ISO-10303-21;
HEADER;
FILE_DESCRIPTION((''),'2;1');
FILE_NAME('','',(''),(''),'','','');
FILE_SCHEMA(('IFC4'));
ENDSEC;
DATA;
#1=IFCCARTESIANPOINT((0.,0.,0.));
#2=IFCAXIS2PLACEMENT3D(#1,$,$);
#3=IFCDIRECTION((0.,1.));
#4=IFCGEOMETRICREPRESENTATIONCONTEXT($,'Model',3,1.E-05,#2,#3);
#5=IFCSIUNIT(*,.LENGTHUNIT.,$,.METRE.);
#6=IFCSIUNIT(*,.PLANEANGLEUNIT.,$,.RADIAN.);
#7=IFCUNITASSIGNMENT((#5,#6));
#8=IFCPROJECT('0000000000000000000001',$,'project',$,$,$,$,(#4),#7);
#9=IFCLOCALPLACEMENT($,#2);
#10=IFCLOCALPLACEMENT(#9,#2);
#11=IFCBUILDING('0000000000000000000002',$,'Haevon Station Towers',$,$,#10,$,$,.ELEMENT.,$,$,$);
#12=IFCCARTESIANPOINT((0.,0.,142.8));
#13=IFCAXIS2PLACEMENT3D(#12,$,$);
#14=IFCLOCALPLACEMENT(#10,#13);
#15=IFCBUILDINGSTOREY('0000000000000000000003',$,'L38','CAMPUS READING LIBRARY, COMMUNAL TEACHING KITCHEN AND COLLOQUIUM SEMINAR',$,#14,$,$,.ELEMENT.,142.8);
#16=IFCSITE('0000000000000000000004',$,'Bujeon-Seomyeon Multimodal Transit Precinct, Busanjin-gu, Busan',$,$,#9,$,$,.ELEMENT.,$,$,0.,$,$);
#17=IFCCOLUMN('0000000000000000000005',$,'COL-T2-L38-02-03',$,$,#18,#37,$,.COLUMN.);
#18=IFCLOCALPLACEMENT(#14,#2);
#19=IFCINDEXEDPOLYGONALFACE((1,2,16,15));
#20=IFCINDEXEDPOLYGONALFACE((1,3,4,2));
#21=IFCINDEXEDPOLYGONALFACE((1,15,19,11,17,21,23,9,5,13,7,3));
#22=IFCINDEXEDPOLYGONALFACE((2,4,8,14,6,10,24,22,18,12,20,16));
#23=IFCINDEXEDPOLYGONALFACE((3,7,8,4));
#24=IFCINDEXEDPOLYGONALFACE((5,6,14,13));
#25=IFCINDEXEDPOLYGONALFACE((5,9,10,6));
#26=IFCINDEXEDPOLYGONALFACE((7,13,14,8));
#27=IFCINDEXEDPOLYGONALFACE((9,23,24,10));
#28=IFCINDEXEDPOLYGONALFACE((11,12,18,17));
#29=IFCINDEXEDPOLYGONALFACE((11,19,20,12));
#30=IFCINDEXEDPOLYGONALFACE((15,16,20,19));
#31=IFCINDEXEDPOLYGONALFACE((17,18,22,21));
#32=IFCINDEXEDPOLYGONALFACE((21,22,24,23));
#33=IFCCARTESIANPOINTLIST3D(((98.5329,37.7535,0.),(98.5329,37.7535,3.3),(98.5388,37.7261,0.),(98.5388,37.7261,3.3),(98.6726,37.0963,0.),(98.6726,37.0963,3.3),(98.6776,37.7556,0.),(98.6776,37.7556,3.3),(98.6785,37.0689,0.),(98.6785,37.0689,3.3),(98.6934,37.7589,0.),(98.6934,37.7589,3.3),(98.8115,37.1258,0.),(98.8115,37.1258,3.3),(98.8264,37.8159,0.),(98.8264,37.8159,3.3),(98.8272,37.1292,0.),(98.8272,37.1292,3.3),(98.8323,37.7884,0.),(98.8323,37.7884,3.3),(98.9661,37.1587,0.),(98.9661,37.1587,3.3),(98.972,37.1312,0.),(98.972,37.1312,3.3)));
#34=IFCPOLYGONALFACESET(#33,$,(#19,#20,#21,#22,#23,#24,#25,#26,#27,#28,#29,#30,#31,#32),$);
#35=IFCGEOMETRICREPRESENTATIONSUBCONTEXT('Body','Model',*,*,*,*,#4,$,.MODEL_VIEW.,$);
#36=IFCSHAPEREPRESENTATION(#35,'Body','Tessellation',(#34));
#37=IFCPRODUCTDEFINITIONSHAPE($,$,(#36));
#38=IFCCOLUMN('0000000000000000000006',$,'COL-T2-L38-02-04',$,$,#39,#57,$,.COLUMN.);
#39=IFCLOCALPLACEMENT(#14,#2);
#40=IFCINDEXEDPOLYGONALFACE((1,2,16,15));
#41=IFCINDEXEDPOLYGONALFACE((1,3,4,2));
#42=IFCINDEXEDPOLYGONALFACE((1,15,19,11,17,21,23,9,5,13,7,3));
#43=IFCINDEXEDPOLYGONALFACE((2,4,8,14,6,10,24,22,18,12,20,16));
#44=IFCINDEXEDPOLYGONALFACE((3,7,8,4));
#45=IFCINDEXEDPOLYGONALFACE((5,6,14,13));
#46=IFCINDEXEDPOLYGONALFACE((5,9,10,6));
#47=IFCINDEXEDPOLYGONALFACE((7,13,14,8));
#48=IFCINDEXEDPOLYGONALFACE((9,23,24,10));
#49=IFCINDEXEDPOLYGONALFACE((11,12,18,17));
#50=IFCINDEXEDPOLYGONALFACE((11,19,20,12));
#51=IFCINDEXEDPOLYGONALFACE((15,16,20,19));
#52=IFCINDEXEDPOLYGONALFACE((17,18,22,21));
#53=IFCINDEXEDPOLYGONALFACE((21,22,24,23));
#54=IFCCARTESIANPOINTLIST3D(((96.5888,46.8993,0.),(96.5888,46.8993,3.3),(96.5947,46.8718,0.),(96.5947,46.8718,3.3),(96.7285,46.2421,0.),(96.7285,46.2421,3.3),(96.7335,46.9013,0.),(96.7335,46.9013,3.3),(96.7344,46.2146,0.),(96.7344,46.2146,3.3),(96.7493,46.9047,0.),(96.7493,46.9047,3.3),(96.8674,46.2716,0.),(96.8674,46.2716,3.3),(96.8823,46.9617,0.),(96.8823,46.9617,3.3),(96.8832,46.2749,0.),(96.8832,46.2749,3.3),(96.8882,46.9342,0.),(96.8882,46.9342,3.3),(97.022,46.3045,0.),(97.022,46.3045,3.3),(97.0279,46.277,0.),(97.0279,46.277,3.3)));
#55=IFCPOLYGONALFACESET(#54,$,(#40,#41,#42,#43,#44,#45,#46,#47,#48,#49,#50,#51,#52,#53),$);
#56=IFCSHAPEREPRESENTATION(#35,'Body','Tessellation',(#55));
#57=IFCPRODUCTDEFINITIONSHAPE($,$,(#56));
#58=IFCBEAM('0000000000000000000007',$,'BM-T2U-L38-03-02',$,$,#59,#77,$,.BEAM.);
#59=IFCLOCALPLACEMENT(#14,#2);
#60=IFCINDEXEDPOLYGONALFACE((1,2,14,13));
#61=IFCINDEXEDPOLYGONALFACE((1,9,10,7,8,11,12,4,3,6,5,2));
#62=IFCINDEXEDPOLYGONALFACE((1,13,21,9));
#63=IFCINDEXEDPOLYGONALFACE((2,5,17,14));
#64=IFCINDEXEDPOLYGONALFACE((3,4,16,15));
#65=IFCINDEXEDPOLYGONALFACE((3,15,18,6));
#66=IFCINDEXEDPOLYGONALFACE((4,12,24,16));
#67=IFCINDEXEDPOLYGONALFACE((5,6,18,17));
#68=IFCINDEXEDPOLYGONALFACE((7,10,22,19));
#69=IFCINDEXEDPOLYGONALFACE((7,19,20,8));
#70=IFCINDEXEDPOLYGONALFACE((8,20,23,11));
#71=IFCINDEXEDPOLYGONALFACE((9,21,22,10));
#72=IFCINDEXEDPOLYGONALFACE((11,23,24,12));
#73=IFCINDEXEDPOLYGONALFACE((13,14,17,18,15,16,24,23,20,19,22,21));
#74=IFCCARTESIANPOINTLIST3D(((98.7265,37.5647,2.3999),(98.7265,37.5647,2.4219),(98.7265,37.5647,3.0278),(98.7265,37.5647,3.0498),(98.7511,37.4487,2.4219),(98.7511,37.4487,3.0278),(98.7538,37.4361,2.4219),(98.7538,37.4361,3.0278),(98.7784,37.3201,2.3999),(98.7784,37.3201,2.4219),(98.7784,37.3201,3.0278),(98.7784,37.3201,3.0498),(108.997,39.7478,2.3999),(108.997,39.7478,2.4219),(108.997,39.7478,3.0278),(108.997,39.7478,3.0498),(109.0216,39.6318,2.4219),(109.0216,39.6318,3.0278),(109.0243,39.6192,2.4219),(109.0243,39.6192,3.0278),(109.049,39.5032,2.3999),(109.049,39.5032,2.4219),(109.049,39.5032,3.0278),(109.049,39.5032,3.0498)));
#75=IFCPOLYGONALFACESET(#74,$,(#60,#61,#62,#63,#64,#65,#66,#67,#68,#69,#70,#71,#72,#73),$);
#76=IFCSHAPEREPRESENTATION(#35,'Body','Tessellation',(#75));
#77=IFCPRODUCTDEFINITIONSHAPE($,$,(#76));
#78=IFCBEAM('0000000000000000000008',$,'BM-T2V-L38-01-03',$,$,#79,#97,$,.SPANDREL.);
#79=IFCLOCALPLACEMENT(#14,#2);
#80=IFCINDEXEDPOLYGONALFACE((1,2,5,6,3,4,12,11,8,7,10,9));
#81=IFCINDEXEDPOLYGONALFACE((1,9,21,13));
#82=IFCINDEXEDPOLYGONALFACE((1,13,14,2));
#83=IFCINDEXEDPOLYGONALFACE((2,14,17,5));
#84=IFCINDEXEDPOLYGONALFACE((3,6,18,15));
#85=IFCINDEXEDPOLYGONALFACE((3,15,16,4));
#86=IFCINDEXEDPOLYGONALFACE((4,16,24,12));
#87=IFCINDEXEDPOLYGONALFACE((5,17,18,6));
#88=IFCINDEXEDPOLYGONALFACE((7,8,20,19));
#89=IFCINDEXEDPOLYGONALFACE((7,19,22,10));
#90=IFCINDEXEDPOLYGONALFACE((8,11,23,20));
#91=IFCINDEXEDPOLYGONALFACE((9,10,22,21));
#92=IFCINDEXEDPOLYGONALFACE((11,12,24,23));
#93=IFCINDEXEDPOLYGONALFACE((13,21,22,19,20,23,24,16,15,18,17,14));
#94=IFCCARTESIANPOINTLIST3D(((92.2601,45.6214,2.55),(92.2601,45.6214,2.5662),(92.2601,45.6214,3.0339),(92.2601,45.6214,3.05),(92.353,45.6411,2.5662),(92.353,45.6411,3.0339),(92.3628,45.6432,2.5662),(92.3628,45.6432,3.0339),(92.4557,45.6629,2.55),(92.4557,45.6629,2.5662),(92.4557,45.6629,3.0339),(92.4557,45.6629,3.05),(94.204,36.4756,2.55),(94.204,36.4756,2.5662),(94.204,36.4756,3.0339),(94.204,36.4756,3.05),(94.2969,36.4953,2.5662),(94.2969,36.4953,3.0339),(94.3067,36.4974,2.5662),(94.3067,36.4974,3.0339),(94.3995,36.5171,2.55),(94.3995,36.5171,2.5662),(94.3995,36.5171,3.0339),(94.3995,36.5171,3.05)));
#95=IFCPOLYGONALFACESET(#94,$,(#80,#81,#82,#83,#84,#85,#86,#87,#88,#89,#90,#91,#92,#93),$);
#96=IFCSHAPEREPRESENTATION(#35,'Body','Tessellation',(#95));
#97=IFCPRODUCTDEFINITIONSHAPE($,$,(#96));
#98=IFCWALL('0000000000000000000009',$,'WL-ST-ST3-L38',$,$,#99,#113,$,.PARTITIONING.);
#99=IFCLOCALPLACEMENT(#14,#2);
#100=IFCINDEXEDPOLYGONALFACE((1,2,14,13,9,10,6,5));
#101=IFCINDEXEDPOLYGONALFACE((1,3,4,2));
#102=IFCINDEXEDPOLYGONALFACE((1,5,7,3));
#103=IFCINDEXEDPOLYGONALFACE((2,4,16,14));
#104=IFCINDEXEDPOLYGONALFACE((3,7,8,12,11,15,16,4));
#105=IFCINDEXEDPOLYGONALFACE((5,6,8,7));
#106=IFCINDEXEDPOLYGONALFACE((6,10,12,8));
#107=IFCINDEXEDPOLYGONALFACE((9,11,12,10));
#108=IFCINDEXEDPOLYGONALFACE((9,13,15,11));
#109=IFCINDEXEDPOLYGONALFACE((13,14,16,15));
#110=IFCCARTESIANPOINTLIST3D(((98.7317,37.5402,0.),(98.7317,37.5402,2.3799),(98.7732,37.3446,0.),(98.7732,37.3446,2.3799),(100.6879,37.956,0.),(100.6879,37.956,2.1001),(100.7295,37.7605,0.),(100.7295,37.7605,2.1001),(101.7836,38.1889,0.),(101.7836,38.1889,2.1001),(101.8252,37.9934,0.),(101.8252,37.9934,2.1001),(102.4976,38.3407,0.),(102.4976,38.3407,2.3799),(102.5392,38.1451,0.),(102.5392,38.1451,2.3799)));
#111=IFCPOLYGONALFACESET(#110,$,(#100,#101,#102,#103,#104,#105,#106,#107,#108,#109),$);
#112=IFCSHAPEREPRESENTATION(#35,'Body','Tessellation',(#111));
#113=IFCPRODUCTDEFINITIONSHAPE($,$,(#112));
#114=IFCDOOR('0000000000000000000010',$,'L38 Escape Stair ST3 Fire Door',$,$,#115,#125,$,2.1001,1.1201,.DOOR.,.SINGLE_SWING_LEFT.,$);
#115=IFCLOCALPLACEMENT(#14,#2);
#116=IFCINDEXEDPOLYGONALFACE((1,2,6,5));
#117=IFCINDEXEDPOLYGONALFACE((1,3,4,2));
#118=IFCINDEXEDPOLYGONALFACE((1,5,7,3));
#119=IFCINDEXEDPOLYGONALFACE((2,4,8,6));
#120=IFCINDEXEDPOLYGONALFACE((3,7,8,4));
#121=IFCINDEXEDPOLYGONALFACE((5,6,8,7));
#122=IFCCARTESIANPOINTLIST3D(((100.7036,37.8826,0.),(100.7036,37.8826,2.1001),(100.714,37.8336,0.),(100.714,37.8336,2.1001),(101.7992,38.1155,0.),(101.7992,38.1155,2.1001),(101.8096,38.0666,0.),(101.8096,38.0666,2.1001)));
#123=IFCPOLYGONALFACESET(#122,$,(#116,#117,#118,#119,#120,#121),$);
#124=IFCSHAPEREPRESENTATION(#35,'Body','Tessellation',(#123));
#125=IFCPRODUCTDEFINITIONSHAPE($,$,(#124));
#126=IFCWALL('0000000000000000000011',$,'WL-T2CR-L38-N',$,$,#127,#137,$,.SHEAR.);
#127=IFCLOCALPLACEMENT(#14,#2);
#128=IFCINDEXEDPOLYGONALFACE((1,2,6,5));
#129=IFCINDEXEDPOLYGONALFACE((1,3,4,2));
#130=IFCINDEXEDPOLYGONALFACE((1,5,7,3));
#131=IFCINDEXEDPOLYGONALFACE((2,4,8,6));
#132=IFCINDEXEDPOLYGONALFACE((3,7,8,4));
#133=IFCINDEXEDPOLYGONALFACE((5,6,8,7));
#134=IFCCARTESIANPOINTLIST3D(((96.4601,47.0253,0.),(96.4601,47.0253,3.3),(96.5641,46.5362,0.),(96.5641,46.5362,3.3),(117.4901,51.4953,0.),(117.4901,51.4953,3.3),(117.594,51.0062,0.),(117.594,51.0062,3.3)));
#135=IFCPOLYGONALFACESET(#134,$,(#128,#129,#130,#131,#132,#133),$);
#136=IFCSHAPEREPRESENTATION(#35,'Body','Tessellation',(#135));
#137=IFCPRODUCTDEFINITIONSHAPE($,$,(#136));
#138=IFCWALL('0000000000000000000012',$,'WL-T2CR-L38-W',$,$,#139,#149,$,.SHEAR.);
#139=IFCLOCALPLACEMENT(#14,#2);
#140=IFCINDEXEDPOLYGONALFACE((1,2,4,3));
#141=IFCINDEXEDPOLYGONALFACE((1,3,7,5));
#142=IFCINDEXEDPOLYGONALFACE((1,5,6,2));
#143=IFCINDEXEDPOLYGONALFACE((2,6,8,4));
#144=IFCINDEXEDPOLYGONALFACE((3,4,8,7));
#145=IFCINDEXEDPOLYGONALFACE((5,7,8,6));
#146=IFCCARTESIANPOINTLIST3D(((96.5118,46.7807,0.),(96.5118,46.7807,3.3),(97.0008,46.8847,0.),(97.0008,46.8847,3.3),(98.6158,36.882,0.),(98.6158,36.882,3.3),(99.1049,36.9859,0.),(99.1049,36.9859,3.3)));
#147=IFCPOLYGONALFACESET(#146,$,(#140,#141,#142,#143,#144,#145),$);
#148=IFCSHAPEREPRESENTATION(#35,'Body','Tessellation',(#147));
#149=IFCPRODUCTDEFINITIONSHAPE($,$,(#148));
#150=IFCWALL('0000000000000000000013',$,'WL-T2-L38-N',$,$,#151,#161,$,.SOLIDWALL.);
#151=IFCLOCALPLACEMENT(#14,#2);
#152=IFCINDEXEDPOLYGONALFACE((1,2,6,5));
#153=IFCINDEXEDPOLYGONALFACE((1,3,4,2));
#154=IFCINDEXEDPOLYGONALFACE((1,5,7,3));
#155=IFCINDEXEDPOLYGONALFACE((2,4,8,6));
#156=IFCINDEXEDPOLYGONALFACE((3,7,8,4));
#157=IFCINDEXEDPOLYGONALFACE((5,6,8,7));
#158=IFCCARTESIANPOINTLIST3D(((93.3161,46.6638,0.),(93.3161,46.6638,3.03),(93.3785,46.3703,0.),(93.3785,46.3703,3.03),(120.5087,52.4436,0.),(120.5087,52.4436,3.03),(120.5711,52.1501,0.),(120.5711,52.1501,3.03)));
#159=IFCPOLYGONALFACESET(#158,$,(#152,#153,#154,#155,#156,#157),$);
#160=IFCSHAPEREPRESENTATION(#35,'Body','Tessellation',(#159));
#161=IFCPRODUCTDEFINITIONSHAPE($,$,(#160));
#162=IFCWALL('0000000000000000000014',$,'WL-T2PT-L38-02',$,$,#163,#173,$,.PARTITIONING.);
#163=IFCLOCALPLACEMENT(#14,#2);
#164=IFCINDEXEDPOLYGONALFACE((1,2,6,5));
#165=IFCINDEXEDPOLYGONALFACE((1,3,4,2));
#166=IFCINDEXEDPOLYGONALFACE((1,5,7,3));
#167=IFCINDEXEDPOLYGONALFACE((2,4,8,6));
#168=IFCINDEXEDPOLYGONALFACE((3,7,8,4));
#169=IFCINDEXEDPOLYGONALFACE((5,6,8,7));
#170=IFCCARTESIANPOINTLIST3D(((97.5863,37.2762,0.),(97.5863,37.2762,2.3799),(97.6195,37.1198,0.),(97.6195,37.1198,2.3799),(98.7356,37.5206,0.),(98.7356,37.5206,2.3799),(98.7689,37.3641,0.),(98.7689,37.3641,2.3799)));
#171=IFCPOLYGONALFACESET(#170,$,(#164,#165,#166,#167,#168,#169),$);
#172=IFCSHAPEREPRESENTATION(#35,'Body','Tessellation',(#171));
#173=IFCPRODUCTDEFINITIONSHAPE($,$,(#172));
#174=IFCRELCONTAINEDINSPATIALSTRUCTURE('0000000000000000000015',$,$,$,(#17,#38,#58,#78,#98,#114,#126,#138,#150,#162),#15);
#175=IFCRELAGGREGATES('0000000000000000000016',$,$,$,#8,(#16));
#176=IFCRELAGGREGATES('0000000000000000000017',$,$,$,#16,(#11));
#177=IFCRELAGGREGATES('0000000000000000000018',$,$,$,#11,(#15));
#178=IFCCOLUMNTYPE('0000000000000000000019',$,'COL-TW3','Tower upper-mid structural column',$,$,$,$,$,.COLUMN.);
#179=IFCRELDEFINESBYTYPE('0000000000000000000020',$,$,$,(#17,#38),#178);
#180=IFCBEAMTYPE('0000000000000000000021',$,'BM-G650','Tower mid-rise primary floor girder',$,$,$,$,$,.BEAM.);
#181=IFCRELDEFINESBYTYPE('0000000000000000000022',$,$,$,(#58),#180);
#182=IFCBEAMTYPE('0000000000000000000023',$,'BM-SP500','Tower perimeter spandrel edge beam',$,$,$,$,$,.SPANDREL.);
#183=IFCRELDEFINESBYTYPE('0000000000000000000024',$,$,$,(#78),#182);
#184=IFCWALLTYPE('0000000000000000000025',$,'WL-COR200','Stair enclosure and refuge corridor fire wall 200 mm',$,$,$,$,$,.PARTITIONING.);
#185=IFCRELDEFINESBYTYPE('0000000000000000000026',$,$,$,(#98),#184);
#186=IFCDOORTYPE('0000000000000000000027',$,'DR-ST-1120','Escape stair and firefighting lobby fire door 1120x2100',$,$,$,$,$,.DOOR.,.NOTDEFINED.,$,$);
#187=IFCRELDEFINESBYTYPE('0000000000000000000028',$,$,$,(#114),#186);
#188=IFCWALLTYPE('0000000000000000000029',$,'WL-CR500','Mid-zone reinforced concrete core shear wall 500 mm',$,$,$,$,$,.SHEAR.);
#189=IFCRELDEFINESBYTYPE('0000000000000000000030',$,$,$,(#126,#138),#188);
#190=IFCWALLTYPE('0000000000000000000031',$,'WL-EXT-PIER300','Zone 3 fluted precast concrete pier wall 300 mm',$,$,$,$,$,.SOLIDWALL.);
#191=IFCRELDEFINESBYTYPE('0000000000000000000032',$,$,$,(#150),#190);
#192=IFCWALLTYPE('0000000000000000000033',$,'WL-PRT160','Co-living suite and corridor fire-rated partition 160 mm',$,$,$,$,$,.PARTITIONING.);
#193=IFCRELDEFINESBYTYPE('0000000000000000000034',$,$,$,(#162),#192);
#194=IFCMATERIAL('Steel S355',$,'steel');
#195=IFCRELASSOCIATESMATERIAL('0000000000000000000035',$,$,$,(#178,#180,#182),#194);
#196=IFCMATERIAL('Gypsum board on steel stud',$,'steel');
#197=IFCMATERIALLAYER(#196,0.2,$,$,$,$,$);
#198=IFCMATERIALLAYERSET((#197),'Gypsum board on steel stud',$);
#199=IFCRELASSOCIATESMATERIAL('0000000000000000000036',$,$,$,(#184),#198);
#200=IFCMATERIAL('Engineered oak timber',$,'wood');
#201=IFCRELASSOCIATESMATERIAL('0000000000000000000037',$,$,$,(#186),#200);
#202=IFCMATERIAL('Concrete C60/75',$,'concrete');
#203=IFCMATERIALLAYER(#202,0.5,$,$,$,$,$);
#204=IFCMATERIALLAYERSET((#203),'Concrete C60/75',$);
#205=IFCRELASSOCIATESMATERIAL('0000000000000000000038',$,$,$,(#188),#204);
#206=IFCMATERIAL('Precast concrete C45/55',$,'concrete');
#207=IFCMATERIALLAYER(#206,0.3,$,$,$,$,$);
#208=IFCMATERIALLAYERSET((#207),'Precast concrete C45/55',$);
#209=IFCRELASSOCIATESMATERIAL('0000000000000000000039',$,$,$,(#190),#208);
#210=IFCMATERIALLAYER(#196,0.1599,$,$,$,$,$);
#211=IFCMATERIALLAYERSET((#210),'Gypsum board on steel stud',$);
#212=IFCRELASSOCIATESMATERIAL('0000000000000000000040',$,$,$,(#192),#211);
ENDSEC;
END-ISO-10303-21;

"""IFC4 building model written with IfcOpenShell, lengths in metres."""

from ifc_helpers import new_model, si_unit, direction, frame, frame_2d, origin, origin_2d, place, context, subcontext, project, spatial, rectangle, i_section, extrude, material, layer, layer_set, material_profile, profile_set, type_object, element, fill, save


model = new_model("IFC4")

# Units and contexts
model_context = context("Model", 3, precision=1e-05, world=origin(), true_north=direction((0.0, 1.0)))
body_context = subcontext(model_context, "Body", "Model", "MODEL_VIEW")
ifc_project = project(units=[si_unit("LENGTHUNIT", "METRE"), si_unit("PLANEANGLEUNIT", "RADIAN")], contexts=[model_context])

# Site, building, storey
site_placement = place(None, origin())
site = spatial("IfcSite", under=ifc_project, at=site_placement, Name="Bujeon-Seomyeon Multimodal Transit Precinct, Busanjin-gu, Busan", CompositionType="ELEMENT", RefElevation=0.0)
building_placement = place(site_placement, origin())
building = spatial("IfcBuilding", under=site, at=building_placement, Name="Haevon Station Towers", CompositionType="ELEMENT")
storey_placement = place(building_placement, frame((0.0, 0.0, 142.8)))
storey = spatial("IfcBuildingStorey", under=building, at=storey_placement, Name="L38", Description="CAMPUS READING LIBRARY, COMMUNAL TEACHING KITCHEN AND COLLOQUIUM SEMINAR", CompositionType="ELEMENT", Elevation=142.8)

# Columns
ifc_material_1 = material(Name="Steel S355", Category="steel")
ifc_material_profile_1 = material_profile(ifc_material_1, i_section(OverallWidth=0.3, OverallDepth=0.7, WebThickness=0.0161, FlangeThickness=0.0281, at=origin_2d()), Name="H-700x300x16x28")
ifc_profile_set_1 = profile_set([ifc_material_profile_1], Name="Steel S355")
column_type = type_object("IfcColumnType", Name="COL-TW3", Description="Tower upper-mid structural column", PredefinedType="COLUMN", material=ifc_profile_set_1)
for number, where, z_axis, x_axis, name in (
    (1, (98.7524, 37.4424, 0.0), (0.0, 0.0, 1.0), (0.978148, 0.207912, 0.0), "COL-T2-L38-02-03"),
    (2, (96.8083, 46.5881, 0.0), (0.0, 0.0, 1.0), (0.978148, 0.207912, 0.0), "COL-T2-L38-02-04"),
):
    element("IfcColumn", number, at=place(storey_placement, frame(where, z_axis=z_axis, x_axis=x_axis)), inside=storey, type_object=column_type, Name=name, PredefinedType="COLUMN", context=body_context, shape_type="SweptSolid", body=[
        extrude(i_section(OverallWidth=0.3, OverallDepth=0.7, WebThickness=0.0161, FlangeThickness=0.0281, at=origin_2d()), origin(), (0.0, 0.0, 1.0), 3.3),
    ])

# Beams
ifc_material_profile_2 = material_profile(ifc_material_1, i_section(OverallWidth=0.25, OverallDepth=0.6499, WebThickness=0.0129, FlangeThickness=0.022, at=origin_2d()), Name="H-650x250x13x22")
ifc_profile_set_2 = profile_set([ifc_material_profile_2], Name="Steel S355")
beam_type_1 = type_object("IfcBeamType", Name="BM-G650", Description="Tower mid-rise primary floor girder", PredefinedType="BEAM", material=ifc_profile_set_2)
beam_1_placement = place(storey_placement, frame((98.7524, 37.4424, 2.7249), z_axis=(0.978147, 0.207915, 0.0), x_axis=(-0.207915, 0.978147, 0.0)))
element("IfcBeam", 3, at=beam_1_placement, inside=storey, type_object=beam_type_1, Name="BM-T2U-L38-03-02", PredefinedType="BEAM", context=body_context, shape_type="SweptSolid", body=[
    extrude(i_section(OverallWidth=0.25, OverallDepth=0.6499, WebThickness=0.0129, FlangeThickness=0.022, at=origin_2d()), origin(), (0.0, 0.0, 1.0), 10.5),
])
ifc_material_profile_3 = material_profile(ifc_material_1, i_section(OverallWidth=0.2, OverallDepth=0.5, WebThickness=0.01, FlangeThickness=0.0161, at=origin_2d()), Name="H-500x200x10x16")
ifc_profile_set_3 = profile_set([ifc_material_profile_3], Name="Steel S355")
beam_type_2 = type_object("IfcBeamType", Name="BM-SP500", Description="Tower perimeter spandrel edge beam", PredefinedType="SPANDREL", material=ifc_profile_set_3)
beam_2_placement = place(storey_placement, frame((94.3018, 36.4963, 2.8), z_axis=(-0.207897, 0.978151, 0.0), x_axis=(-0.978151, -0.207897, 0.0)))
element("IfcBeam", 4, at=beam_2_placement, inside=storey, type_object=beam_type_2, Name="BM-T2V-L38-01-03", PredefinedType="SPANDREL", context=body_context, shape_type="SweptSolid", body=[
    extrude(i_section(OverallWidth=0.2, OverallDepth=0.5, WebThickness=0.01, FlangeThickness=0.0161, at=origin_2d()), origin(), (0.0, 0.0, 1.0), 9.3501),
])

# Wall, opening, door
ifc_material_2 = material(Name="Gypsum board on steel stud", Category="steel")
ifc_layer_1 = layer(ifc_material_2, 0.2)
ifc_layer_set_1 = layer_set([ifc_layer_1], Name="Gypsum board on steel stud")
wall_type_1 = type_object("IfcWallType", Name="WL-COR200", Description="Stair enclosure and refuge corridor fire wall 200 mm", PredefinedType="PARTITIONING", material=ifc_layer_set_1)
wall_1_placement = place(storey_placement, frame((98.7524, 37.4424, 0.0), z_axis=(0.0, 0.0, 1.0), x_axis=(0.978144, 0.207931, 0.0)))
wall_1 = element("IfcWall", 5, at=wall_1_placement, inside=storey, type_object=wall_type_1, Name="WL-ST-ST3-L38", PredefinedType="PARTITIONING", context=body_context, shape_type="SweptSolid", body=[
    extrude(rectangle(XDim=3.8501, YDim=0.2, at=frame_2d((1.925, 0.0))), origin(), (0.0, 0.0, 1.0), 2.3799),
])
opening_1_placement = place(wall_1_placement, frame((2.0, 0.0, 0.0)))
opening_1 = element("IfcOpeningElement", 6, at=opening_1_placement, cuts=wall_1, PredefinedType="OPENING", context=body_context, shape_type="SweptSolid", body=[
    extrude(rectangle(XDim=1.1201, YDim=2.1001, at=frame_2d((0.5601, 1.05))), frame((0.0, 0.1099, 0.0), z_axis=(0.0, -1.0, 0.0), x_axis=(1.0, 0.0, 0.0)), (0.0, 0.0, 1.0), 0.22),
])
ifc_material_3 = material(Name="Engineered oak timber", Category="wood")
door_type_1 = type_object("IfcDoorType", Name="DR-ST-1120", Description="Escape stair and firefighting lobby fire door 1120x2100", OperationType="NOTDEFINED", PredefinedType="DOOR", material=ifc_material_3)
door_1_placement = place(opening_1_placement, origin())
door_1 = element("IfcDoor", 7, at=door_1_placement, inside=storey, type_object=door_type_1, Name="L38 Escape Stair ST3 Fire Door", OperationType="SINGLE_SWING_LEFT", OverallHeight=2.1001, OverallWidth=1.1201, PredefinedType="DOOR", context=body_context, shape_type="SweptSolid", body=[
    extrude(rectangle(XDim=1.1201, YDim=2.1001, at=frame_2d((0.5601, 1.05))), frame((0.0, 0.0249, 0.0), z_axis=(0.0, -1.0, 0.0), x_axis=(1.0, 0.0, 0.0)), (0.0, 0.0, 1.0), 0.05),
])
fill(opening_1, door_1)

# Walls
ifc_material_4 = material(Name="Concrete C60/75", Category="concrete")
ifc_layer_2 = layer(ifc_material_4, 0.5)
ifc_layer_set_2 = layer_set([ifc_layer_2], Name="Concrete C60/75")
wall_type_2 = type_object("IfcWallType", Name="WL-CR500", Description="Mid-zone reinforced concrete core shear wall 500 mm", PredefinedType="SHEAR", material=ifc_layer_set_2)
wall_2_placement = place(storey_placement, frame((96.512, 46.7808, 0.0), z_axis=(0.0, 0.0, 1.0), x_axis=(0.978149, 0.207907, 0.0)))
element("IfcWall", 8, at=wall_2_placement, inside=storey, type_object=wall_type_2, Name="WL-T2CR-L38-N", PredefinedType="SHEAR", context=body_context, shape_type="SweptSolid", body=[
    extrude(rectangle(XDim=21.4998, YDim=0.5, at=frame_2d((10.75, 0.0))), origin(), (0.0, 0.0, 1.0), 3.3),
])
wall_3_placement = place(storey_placement, frame((98.8604, 36.9338, 0.0), z_axis=(0.0, 0.0, 1.0), x_axis=(-0.207909, 0.978148, 0.0)))
element("IfcWall", 9, at=wall_3_placement, inside=storey, type_object=wall_type_2, Name="WL-T2CR-L38-W", PredefinedType="SHEAR", context=body_context, shape_type="SweptSolid", body=[
    extrude(rectangle(XDim=10.1199, YDim=0.5, at=frame_2d((5.0601, 0.0))), origin(), (0.0, 0.0, 1.0), 3.3),
])
ifc_material_5 = material(Name="Precast concrete C45/55", Category="concrete")
ifc_layer_3 = layer(ifc_material_5, 0.3)
ifc_layer_set_3 = layer_set([ifc_layer_3], Name="Precast concrete C45/55")
wall_type_3 = type_object("IfcWallType", Name="WL-EXT-PIER300", Description="Zone 3 fluted precast concrete pier wall 300 mm", PredefinedType="SOLIDWALL", material=ifc_layer_set_3)
wall_4_placement = place(storey_placement, frame((93.3474, 46.5171, 0.0), z_axis=(0.0, 0.0, 1.0), x_axis=(0.978149, 0.207905, 0.0)))
element("IfcWall", 10, at=wall_4_placement, inside=storey, type_object=wall_type_3, Name="WL-T2-L38-N", PredefinedType="SOLIDWALL", context=body_context, shape_type="SweptSolid", body=[
    extrude(rectangle(XDim=27.8, YDim=0.3, at=frame_2d((13.8999, 0.0))), origin(), (0.0, 0.0, 1.0), 3.03),
])
ifc_layer_4 = layer(ifc_material_2, 0.1599)
ifc_layer_set_4 = layer_set([ifc_layer_4], Name="Gypsum board on steel stud")
wall_type_4 = type_object("IfcWallType", Name="WL-PRT160", Description="Co-living suite and corridor fire-rated partition 160 mm", PredefinedType="PARTITIONING", material=ifc_layer_set_4)
wall_5_placement = place(storey_placement, frame((97.603, 37.198, 0.0), z_axis=(0.0, 0.0, 1.0), x_axis=(0.978136, 0.207968, 0.0)))
element("IfcWall", 11, at=wall_5_placement, inside=storey, type_object=wall_type_4, Name="WL-T2PT-L38-02", PredefinedType="PARTITIONING", context=body_context, shape_type="SweptSolid", body=[
    extrude(rectangle(XDim=1.175, YDim=0.1599, at=frame_2d((0.5874, 0.0))), origin(), (0.0, 0.0, 1.0), 2.3799),
])

save(model, "model.ifc")
